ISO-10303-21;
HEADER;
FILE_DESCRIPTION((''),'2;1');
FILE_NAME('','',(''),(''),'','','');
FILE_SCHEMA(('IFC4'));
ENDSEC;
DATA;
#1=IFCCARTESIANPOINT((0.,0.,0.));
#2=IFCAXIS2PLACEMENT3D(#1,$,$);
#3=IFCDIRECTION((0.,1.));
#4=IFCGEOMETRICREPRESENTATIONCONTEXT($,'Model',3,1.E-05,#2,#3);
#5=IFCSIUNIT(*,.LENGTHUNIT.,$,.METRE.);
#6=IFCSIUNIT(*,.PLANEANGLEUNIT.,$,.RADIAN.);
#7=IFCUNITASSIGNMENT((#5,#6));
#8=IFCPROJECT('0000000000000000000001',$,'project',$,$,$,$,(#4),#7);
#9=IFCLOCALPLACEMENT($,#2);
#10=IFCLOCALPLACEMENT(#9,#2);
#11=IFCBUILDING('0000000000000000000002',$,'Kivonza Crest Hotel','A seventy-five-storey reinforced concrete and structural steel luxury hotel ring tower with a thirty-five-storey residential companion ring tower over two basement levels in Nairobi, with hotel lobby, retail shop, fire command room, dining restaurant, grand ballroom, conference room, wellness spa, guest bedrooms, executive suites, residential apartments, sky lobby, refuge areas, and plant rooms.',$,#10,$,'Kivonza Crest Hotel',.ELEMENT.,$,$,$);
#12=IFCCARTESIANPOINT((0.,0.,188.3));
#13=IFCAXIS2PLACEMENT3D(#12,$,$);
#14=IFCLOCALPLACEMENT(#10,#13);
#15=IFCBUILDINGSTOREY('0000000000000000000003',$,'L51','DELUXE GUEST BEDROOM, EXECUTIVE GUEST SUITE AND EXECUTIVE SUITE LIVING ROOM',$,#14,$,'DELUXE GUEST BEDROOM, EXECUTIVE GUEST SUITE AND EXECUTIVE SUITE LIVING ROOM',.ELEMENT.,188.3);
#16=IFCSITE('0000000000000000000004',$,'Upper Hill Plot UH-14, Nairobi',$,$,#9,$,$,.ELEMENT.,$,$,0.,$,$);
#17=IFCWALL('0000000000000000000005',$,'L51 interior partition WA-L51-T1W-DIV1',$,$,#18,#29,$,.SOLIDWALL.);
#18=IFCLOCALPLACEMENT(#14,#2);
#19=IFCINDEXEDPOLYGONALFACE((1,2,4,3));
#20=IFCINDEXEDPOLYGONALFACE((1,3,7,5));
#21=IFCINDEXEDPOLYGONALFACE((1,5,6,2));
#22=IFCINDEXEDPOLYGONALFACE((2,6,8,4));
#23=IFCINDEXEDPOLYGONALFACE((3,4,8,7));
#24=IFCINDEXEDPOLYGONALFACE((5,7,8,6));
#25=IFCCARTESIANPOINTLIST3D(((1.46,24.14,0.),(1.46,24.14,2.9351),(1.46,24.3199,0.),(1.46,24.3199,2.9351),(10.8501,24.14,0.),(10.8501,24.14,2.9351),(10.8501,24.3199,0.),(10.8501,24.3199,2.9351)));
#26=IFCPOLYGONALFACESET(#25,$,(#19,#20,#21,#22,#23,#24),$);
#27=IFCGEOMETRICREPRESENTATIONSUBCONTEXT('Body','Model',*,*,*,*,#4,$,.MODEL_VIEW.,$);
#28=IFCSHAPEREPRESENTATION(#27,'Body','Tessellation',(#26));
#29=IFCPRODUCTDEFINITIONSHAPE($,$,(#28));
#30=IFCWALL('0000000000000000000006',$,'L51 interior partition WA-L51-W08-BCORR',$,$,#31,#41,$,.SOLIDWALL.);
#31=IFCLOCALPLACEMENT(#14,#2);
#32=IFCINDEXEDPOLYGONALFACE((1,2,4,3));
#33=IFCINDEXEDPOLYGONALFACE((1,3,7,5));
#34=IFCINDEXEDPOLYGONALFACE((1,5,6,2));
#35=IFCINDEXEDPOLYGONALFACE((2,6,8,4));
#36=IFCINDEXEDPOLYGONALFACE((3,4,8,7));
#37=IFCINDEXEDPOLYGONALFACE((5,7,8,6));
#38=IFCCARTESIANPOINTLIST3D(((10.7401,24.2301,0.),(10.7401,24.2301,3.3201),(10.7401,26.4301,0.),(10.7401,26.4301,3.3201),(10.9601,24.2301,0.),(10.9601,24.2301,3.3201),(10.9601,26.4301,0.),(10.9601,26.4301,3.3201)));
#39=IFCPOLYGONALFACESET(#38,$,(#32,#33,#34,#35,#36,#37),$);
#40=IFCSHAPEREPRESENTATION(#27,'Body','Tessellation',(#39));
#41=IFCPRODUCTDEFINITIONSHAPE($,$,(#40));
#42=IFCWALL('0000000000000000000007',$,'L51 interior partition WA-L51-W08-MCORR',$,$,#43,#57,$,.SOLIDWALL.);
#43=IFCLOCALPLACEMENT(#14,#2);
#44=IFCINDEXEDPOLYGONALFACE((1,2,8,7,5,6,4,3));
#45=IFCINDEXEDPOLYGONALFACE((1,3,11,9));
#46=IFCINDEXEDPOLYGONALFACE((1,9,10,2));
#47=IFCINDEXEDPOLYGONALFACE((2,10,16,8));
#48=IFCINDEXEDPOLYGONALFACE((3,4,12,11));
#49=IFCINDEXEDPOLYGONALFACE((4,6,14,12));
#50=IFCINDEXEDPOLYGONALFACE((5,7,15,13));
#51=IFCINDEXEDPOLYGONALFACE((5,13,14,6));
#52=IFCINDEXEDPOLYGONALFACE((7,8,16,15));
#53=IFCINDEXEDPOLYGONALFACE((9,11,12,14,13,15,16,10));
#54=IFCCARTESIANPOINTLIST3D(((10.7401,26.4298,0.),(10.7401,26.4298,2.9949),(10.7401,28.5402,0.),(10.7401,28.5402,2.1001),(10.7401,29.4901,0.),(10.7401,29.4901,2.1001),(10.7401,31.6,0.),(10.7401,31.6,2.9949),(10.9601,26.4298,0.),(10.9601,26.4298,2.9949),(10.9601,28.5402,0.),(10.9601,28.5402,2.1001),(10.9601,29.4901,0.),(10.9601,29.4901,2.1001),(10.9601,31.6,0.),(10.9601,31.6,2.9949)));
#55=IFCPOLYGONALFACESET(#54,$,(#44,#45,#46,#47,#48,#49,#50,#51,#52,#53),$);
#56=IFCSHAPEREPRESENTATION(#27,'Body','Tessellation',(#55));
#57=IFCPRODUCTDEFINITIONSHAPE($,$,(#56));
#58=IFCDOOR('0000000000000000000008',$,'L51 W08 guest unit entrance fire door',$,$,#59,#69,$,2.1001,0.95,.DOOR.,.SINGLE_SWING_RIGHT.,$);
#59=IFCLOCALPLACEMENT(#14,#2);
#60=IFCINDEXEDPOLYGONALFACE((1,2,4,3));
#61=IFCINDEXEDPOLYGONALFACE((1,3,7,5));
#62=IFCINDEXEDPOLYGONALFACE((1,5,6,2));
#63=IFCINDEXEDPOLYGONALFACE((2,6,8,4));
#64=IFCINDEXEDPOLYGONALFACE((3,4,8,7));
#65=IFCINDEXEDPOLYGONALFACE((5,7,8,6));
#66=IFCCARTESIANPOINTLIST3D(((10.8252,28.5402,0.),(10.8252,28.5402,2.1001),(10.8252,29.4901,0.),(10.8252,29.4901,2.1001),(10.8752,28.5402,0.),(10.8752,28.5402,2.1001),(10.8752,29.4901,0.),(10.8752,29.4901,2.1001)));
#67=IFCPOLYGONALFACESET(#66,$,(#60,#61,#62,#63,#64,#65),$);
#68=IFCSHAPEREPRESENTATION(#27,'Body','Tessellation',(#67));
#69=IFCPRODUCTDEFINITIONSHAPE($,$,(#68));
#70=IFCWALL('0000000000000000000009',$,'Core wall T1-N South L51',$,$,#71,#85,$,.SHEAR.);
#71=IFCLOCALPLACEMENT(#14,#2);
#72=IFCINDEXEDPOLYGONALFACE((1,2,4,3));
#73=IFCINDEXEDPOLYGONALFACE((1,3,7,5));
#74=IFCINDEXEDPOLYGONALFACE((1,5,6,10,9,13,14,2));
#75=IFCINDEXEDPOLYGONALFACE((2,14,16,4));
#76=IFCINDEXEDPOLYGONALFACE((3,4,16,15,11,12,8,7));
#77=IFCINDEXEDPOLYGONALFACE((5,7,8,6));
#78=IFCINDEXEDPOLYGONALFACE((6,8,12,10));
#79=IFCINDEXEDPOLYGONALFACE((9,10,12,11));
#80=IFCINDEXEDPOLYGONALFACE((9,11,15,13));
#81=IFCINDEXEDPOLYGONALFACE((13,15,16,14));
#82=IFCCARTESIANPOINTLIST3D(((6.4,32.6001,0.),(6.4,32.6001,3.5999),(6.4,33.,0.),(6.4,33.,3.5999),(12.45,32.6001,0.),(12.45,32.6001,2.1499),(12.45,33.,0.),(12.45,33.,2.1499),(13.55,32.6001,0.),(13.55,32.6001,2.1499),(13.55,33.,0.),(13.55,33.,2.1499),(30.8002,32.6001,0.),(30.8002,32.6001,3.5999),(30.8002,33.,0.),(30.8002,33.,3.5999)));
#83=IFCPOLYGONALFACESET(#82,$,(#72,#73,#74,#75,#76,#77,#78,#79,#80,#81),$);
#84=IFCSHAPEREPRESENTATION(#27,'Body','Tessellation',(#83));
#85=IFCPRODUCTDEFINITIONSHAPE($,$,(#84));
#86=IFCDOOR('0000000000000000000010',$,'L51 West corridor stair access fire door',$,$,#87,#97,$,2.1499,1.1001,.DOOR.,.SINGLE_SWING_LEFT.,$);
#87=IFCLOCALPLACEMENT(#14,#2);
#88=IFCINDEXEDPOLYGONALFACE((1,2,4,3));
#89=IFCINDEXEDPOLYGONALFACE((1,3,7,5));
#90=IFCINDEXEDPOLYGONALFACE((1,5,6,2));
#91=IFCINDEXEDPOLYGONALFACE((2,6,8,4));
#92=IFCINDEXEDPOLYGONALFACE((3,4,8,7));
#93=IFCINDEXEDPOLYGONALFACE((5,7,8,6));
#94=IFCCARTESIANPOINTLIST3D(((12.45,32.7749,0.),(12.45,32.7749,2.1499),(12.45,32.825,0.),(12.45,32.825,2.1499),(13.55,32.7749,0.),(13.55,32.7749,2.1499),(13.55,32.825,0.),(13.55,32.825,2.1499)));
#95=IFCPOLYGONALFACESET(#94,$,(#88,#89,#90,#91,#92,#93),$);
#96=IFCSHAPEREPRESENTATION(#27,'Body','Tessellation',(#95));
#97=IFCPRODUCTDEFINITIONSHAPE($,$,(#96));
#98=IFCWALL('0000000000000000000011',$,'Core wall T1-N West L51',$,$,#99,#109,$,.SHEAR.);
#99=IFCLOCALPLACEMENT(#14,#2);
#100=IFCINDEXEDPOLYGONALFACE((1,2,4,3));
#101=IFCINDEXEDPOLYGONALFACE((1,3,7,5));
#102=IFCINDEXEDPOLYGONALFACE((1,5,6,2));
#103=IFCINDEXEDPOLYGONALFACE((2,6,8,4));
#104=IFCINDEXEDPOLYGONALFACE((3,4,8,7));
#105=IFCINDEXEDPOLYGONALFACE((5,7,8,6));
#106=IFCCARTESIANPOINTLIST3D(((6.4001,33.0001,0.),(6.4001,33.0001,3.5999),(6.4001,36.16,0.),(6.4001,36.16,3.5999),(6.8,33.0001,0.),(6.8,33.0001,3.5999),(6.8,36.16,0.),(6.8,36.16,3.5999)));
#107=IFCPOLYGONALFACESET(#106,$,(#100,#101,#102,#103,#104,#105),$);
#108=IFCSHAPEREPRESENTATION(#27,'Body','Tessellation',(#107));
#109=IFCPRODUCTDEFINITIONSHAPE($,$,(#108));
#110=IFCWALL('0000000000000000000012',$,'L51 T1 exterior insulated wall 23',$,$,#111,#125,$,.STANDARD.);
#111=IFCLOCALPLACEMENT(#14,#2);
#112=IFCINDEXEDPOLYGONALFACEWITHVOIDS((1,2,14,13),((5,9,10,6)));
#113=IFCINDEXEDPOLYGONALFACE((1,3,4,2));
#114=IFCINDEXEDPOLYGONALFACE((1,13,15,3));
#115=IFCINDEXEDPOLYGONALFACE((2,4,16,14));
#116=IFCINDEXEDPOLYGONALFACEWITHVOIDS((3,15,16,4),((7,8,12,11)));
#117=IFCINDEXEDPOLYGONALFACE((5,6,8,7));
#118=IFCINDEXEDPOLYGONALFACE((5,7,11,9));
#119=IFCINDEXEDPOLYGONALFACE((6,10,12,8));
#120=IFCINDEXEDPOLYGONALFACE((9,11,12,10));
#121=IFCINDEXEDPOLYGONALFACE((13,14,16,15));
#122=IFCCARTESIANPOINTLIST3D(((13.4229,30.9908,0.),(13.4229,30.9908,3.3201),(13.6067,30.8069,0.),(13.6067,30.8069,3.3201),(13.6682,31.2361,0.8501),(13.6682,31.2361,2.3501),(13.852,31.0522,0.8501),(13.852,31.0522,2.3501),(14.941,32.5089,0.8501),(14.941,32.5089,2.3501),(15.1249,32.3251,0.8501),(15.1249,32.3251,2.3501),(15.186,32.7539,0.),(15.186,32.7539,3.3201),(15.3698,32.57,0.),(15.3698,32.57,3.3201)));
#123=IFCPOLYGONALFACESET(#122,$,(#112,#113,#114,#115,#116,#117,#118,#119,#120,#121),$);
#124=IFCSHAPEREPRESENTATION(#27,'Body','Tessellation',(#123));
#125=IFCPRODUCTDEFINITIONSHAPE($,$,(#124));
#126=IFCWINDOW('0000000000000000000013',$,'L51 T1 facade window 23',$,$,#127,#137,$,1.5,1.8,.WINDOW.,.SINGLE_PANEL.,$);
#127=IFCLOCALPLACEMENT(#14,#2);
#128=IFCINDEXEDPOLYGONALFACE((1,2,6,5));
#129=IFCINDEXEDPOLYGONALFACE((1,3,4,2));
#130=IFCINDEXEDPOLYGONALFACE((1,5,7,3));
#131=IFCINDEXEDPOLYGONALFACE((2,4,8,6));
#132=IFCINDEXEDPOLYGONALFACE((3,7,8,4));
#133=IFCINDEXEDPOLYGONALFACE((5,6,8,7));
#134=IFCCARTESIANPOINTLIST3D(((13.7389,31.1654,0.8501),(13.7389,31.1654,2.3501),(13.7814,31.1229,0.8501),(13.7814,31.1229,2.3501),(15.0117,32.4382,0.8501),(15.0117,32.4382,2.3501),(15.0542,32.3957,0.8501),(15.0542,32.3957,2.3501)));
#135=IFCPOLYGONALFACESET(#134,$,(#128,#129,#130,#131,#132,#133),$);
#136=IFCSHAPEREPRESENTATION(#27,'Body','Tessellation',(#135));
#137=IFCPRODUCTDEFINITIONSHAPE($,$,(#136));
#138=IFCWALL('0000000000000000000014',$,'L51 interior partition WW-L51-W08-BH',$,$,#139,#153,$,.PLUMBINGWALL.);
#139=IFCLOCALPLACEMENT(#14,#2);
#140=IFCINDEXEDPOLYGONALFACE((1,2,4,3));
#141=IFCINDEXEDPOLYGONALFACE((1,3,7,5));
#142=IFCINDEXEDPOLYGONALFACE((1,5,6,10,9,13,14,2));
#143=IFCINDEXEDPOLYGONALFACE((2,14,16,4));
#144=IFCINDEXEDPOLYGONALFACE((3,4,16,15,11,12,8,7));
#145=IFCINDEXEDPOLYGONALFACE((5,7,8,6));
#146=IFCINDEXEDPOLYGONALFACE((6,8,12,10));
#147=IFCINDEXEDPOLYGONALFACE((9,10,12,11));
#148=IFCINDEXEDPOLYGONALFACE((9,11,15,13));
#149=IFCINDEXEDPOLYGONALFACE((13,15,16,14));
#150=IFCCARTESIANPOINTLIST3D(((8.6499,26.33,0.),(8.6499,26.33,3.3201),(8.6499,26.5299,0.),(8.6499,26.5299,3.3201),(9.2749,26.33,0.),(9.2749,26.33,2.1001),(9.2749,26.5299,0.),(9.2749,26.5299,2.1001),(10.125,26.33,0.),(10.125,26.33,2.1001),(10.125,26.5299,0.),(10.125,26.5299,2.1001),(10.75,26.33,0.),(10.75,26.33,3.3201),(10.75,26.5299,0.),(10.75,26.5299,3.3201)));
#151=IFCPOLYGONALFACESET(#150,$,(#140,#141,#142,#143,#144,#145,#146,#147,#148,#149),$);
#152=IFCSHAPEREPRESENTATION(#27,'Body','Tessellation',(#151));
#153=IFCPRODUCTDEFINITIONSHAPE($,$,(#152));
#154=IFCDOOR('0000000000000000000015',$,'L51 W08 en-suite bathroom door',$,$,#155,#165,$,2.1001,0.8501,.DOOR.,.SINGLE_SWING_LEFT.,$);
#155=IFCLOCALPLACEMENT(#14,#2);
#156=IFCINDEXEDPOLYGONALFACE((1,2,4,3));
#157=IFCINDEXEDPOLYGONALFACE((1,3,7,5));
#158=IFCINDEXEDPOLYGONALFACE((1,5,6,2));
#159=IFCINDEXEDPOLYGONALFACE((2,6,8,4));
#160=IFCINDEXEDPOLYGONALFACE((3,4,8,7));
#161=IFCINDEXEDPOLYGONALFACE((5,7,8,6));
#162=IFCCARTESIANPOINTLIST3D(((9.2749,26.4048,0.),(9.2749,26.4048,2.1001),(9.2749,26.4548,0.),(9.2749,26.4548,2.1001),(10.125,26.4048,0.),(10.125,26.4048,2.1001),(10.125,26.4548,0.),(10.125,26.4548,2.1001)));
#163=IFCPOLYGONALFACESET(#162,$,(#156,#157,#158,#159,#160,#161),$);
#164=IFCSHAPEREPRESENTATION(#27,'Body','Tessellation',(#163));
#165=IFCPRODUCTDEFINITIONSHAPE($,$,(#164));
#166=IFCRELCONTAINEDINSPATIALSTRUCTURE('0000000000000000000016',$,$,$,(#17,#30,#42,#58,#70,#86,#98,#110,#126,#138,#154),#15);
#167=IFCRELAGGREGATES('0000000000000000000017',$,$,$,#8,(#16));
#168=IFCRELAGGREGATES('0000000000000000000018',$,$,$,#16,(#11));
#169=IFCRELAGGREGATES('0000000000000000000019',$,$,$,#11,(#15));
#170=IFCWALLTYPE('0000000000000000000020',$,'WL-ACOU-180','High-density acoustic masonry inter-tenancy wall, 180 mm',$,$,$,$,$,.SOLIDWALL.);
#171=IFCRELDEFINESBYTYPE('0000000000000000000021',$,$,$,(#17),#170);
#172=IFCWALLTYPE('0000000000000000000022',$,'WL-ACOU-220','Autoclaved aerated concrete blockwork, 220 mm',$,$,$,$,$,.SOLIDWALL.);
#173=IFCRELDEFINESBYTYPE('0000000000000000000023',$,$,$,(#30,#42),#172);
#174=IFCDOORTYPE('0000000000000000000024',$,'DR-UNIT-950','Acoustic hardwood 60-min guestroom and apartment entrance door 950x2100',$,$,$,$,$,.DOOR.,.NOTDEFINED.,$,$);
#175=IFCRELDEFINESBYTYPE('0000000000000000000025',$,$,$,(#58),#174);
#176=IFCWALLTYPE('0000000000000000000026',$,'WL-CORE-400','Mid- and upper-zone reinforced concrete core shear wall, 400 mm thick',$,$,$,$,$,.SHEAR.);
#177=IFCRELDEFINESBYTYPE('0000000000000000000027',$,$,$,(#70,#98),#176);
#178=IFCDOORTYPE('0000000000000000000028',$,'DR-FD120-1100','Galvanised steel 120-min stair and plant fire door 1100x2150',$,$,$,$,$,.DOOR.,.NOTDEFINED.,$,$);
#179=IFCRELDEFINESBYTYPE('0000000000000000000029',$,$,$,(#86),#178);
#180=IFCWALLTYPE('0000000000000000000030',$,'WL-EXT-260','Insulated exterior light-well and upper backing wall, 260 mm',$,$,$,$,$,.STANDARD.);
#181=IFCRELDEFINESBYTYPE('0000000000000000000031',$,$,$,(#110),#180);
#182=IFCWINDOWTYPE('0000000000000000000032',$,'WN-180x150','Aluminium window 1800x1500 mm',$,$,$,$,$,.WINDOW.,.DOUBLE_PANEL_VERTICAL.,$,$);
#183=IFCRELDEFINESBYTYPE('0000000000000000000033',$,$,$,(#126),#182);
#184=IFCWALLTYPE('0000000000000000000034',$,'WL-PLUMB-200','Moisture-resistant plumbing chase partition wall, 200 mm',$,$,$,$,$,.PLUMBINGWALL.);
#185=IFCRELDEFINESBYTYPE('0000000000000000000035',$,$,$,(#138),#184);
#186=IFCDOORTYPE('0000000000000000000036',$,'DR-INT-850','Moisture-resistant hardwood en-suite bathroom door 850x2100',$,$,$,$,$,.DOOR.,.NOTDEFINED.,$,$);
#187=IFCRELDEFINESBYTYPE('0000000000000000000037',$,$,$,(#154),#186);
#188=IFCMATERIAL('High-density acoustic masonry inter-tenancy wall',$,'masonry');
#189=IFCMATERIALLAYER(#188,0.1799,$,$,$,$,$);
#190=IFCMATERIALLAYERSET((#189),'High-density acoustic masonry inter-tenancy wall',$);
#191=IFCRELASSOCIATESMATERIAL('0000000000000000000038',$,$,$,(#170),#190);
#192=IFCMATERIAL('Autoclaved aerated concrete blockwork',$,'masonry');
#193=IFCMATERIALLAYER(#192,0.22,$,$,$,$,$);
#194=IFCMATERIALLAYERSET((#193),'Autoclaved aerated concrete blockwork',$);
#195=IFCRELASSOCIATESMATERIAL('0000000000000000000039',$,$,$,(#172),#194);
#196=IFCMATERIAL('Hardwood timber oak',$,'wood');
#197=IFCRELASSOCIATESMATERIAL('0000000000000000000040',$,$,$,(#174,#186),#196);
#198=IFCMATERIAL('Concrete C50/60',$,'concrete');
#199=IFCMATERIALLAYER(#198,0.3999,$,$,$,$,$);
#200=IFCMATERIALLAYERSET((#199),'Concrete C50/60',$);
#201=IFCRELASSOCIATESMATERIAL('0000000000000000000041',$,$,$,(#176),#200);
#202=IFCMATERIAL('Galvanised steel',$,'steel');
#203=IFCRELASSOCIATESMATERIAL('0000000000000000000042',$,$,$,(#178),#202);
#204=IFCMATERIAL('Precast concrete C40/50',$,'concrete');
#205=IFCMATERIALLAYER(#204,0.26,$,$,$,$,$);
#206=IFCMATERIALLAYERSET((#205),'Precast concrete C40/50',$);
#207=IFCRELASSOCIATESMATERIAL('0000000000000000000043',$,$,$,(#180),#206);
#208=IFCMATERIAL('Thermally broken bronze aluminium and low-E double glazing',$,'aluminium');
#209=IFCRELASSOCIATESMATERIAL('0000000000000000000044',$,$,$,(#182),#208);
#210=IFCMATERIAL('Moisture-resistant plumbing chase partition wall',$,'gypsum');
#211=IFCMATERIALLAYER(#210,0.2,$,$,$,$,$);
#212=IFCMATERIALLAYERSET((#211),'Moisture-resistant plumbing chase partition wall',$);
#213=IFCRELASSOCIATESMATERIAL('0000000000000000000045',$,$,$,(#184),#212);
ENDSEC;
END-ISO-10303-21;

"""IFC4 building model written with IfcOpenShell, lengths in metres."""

from ifc_helpers import new_model, si_unit, direction, frame, frame_2d, origin, place, context, subcontext, project, spatial, rectangle, extrude, material, layer, layer_set, type_object, element, fill, save


model = new_model("IFC4")

# Units and contexts
model_context = context("Model", 3, precision=1e-05, world=origin(), true_north=direction((0.0, 1.0)))
body_context = subcontext(model_context, "Body", "Model", "MODEL_VIEW")
ifc_project = project(units=[si_unit("LENGTHUNIT", "METRE"), si_unit("PLANEANGLEUNIT", "RADIAN")], contexts=[model_context])

# Site, building, storey
site_placement = place(None, origin())
site = spatial("IfcSite", under=ifc_project, at=site_placement, Name="Upper Hill Plot UH-14, Nairobi", CompositionType="ELEMENT", RefElevation=0.0)
building_placement = place(site_placement, origin())
building = spatial("IfcBuilding", under=site, at=building_placement, Name="Kivonza Crest Hotel", Description="A seventy-five-storey reinforced concrete and structural steel luxury hotel ring tower with a thirty-five-storey residential companion ring tower over two basement levels in Nairobi, with hotel lobby, retail shop, fire command room, dining restaurant, grand ballroom, conference room, wellness spa, guest bedrooms, executive suites, residential apartments, sky lobby, refuge areas, and plant rooms.", LongName="Kivonza Crest Hotel", CompositionType="ELEMENT")
storey_placement = place(building_placement, frame((0.0, 0.0, 188.3)))
storey = spatial("IfcBuildingStorey", under=building, at=storey_placement, Name="L51", Description="DELUXE GUEST BEDROOM, EXECUTIVE GUEST SUITE AND EXECUTIVE SUITE LIVING ROOM", LongName="DELUXE GUEST BEDROOM, EXECUTIVE GUEST SUITE AND EXECUTIVE SUITE LIVING ROOM", CompositionType="ELEMENT", Elevation=188.3)

# Shared definitions
ifc_material_1 = material(Name="Concrete C50/60", Category="concrete")

# Walls
ifc_material_2 = material(Name="High-density acoustic masonry inter-tenancy wall", Category="masonry")
ifc_layer_1 = layer(ifc_material_2, 0.1799)
ifc_layer_set_1 = layer_set([ifc_layer_1], Name="High-density acoustic masonry inter-tenancy wall")
wall_type_1 = type_object("IfcWallType", Name="WL-ACOU-180", Description="High-density acoustic masonry inter-tenancy wall, 180 mm", PredefinedType="SOLIDWALL", material=ifc_layer_set_1)
wall_1_placement = place(storey_placement, frame((1.46, 24.23, 0.0), z_axis=(0.0, 0.0, 1.0), x_axis=(1.0, 0.0, 0.0)))
element("IfcWall", 1, at=wall_1_placement, inside=storey, type_object=wall_type_1, Name="L51 interior partition WA-L51-T1W-DIV1", PredefinedType="SOLIDWALL", context=body_context, shape_type="SweptSolid", body=[
    extrude(rectangle(XDim=9.3901, YDim=0.1799, at=frame_2d((4.6951, 0.0))), origin(), (0.0, 0.0, 1.0), 2.9351),
])
ifc_material_3 = material(Name="Autoclaved aerated concrete blockwork", Category="masonry")
ifc_layer_2 = layer(ifc_material_3, 0.22)
ifc_layer_set_2 = layer_set([ifc_layer_2], Name="Autoclaved aerated concrete blockwork")
wall_type_2 = type_object("IfcWallType", Name="WL-ACOU-220", Description="Autoclaved aerated concrete blockwork, 220 mm", PredefinedType="SOLIDWALL", material=ifc_layer_set_2)
wall_2_placement = place(storey_placement, frame((10.8501, 24.23, 0.0), z_axis=(0.0, 0.0, 1.0), x_axis=(0.0, 1.0, 0.0)))
element("IfcWall", 2, at=wall_2_placement, inside=storey, type_object=wall_type_2, Name="L51 interior partition WA-L51-W08-BCORR", PredefinedType="SOLIDWALL", context=body_context, shape_type="SweptSolid", body=[
    extrude(rectangle(XDim=2.2, YDim=0.22, at=frame_2d((1.1001, 0.0))), origin(), (0.0, 0.0, 1.0), 3.3201),
])

# Walls, openings, doors
wall_3_placement = place(storey_placement, frame((10.8501, 26.4299, 0.0), z_axis=(0.0, 0.0, 1.0), x_axis=(0.0, 1.0, 0.0)))
wall_3 = element("IfcWall", 3, at=wall_3_placement, inside=storey, type_object=wall_type_2, Name="L51 interior partition WA-L51-W08-MCORR", PredefinedType="SOLIDWALL", context=body_context, shape_type="SweptSolid", body=[
    extrude(rectangle(XDim=5.1702, YDim=0.22, at=frame_2d((2.585, 0.0))), origin(), (0.0, 0.0, 1.0), 2.9949),
])
opening_1_placement = place(wall_3_placement, frame((2.1101, 0.0, 0.0)))
opening_1 = element("IfcOpeningElement", 4, at=opening_1_placement, cuts=wall_3, PredefinedType="OPENING", context=body_context, shape_type="SweptSolid", body=[
    extrude(rectangle(XDim=0.95, YDim=2.1001, at=frame_2d((0.4751, 1.05))), frame((0.0, 0.1201, 0.0), z_axis=(0.0, -1.0, 0.0), x_axis=(1.0, 0.0, 0.0)), (0.0, 0.0, 1.0), 0.24),
])
ifc_material_4 = material(Name="Hardwood timber oak", Category="wood")
door_type_1 = type_object("IfcDoorType", Name="DR-UNIT-950", Description="Acoustic hardwood 60-min guestroom and apartment entrance door 950x2100", OperationType="NOTDEFINED", PredefinedType="DOOR", material=ifc_material_4)
door_1_placement = place(opening_1_placement, origin())
door_1 = element("IfcDoor", 5, at=door_1_placement, inside=storey, type_object=door_type_1, Name="L51 W08 guest unit entrance fire door", OperationType="SINGLE_SWING_RIGHT", OverallHeight=2.1001, OverallWidth=0.95, PredefinedType="DOOR", context=body_context, shape_type="SweptSolid", body=[
    extrude(rectangle(XDim=0.95, YDim=2.1001, at=frame_2d((0.4751, 1.05))), frame((0.0, 0.0249, 0.0), z_axis=(0.0, -1.0, 0.0), x_axis=(1.0, 0.0, 0.0)), (0.0, 0.0, 1.0), 0.05),
])
fill(opening_1, door_1)
ifc_layer_3 = layer(ifc_material_1, 0.3999)
ifc_layer_set_3 = layer_set([ifc_layer_3], Name="Concrete C50/60")
wall_type_3 = type_object("IfcWallType", Name="WL-CORE-400", Description="Mid- and upper-zone reinforced concrete core shear wall, 400 mm thick", PredefinedType="SHEAR", material=ifc_layer_set_3)
wall_4_placement = place(storey_placement, frame((6.3999, 32.8, 0.0), z_axis=(0.0, 0.0, 1.0), x_axis=(1.0, 0.0, 0.0)))
wall_4 = element("IfcWall", 6, at=wall_4_placement, inside=storey, type_object=wall_type_3, Name="Core wall T1-N South L51", PredefinedType="SHEAR", context=body_context, shape_type="SweptSolid", body=[
    extrude(rectangle(XDim=24.4001, YDim=0.3999, at=frame_2d((12.2002, 0.0))), origin(), (0.0, 0.0, 1.0), 3.5999),
])
opening_2_placement = place(wall_4_placement, frame((6.05, 0.0, 0.0)))
opening_2 = element("IfcOpeningElement", 7, at=opening_2_placement, cuts=wall_4, PredefinedType="OPENING", context=body_context, shape_type="SweptSolid", body=[
    extrude(rectangle(XDim=1.1001, YDim=2.1499, at=frame_2d((0.55, 1.075))), frame((0.0, 0.21, 0.0), z_axis=(0.0, -1.0, 0.0), x_axis=(1.0, 0.0, 0.0)), (0.0, 0.0, 1.0), 0.4199),
])
ifc_material_5 = material(Name="Galvanised steel", Category="steel")
door_type_2 = type_object("IfcDoorType", Name="DR-FD120-1100", Description="Galvanised steel 120-min stair and plant fire door 1100x2150", OperationType="NOTDEFINED", PredefinedType="DOOR", material=ifc_material_5)
door_2_placement = place(opening_2_placement, origin())
door_2 = element("IfcDoor", 8, at=door_2_placement, inside=storey, type_object=door_type_2, Name="L51 West corridor stair access fire door", OperationType="SINGLE_SWING_LEFT", OverallHeight=2.1499, OverallWidth=1.1001, PredefinedType="DOOR", context=body_context, shape_type="SweptSolid", body=[
    extrude(rectangle(XDim=1.1001, YDim=2.1499, at=frame_2d((0.55, 1.075))), frame((0.0, 0.0249, 0.0), z_axis=(0.0, -1.0, 0.0), x_axis=(1.0, 0.0, 0.0)), (0.0, 0.0, 1.0), 0.05),
])
fill(opening_2, door_2)

# Wall
wall_5_placement = place(storey_placement, frame((6.6001, 33.0, 0.0), z_axis=(0.0, 0.0, 1.0), x_axis=(0.0, 1.0, 0.0)))
element("IfcWall", 9, at=wall_5_placement, inside=storey, type_object=wall_type_3, Name="Core wall T1-N West L51", PredefinedType="SHEAR", context=body_context, shape_type="SweptSolid", body=[
    extrude(rectangle(XDim=3.1599, YDim=0.3999, at=frame_2d((1.5801, 0.0))), origin(), (0.0, 0.0, 1.0), 3.5999),
])

# Wall, opening, window
ifc_material_6 = material(Name="Precast concrete C40/50", Category="concrete")
ifc_layer_4 = layer(ifc_material_6, 0.26)
ifc_layer_set_4 = layer_set([ifc_layer_4], Name="Precast concrete C40/50")
wall_type_4 = type_object("IfcWallType", Name="WL-EXT-260", Description="Insulated exterior light-well and upper backing wall, 260 mm", PredefinedType="STANDARD", material=ifc_layer_set_4)
wall_6_placement = place(storey_placement, frame((13.5149, 30.8989, 0.0), z_axis=(0.0, 0.0, 1.0), x_axis=(0.707107, 0.707107, 0.0)))
wall_6 = element("IfcWall", 10, at=wall_6_placement, inside=storey, type_object=wall_type_4, Name="L51 T1 exterior insulated wall 23", PredefinedType="STANDARD", context=body_context, shape_type="SweptSolid", body=[
    extrude(rectangle(XDim=2.4934, YDim=0.26, at=frame_2d((1.2466, 0.0))), origin(), (0.0, 0.0, 1.0), 3.3201),
])
opening_3_placement = place(wall_6_placement, frame((0.3469, 0.0, 0.8501)))
opening_3 = element("IfcOpeningElement", 11, at=opening_3_placement, cuts=wall_6, PredefinedType="OPENING", context=body_context, shape_type="SweptSolid", body=[
    extrude(rectangle(XDim=1.8, YDim=1.5, at=frame_2d((0.8999, 0.75))), frame((0.0, 0.1401, 0.0), z_axis=(0.0, -1.0, 0.0), x_axis=(1.0, 0.0, 0.0)), (0.0, 0.0, 1.0), 0.28),
])
ifc_material_7 = material(Name="Thermally broken bronze aluminium and low-E double glazing", Category="aluminium")
window_type = type_object("IfcWindowType", Name="WN-180x150", Description="Aluminium window 1800x1500 mm", PartitioningType="DOUBLE_PANEL_VERTICAL", PredefinedType="WINDOW", material=ifc_material_7)
window_placement = place(opening_3_placement, origin())
window = element("IfcWindow", 12, at=window_placement, inside=storey, type_object=window_type, Name="L51 T1 facade window 23", OverallHeight=1.5, OverallWidth=1.8, PartitioningType="SINGLE_PANEL", PredefinedType="WINDOW", context=body_context, shape_type="SweptSolid", body=[
    extrude(rectangle(XDim=1.8, YDim=1.5, at=frame_2d((0.8999, 0.75))), frame((0.0, 0.03, 0.0), z_axis=(0.0, -1.0, 0.0), x_axis=(1.0, 0.0, 0.0)), (0.0, 0.0, 1.0), 0.0601),
])
fill(opening_3, window)

# Wall, opening, door
ifc_material_8 = material(Name="Moisture-resistant plumbing chase partition wall", Category="gypsum")
ifc_layer_5 = layer(ifc_material_8, 0.2)
ifc_layer_set_5 = layer_set([ifc_layer_5], Name="Moisture-resistant plumbing chase partition wall")
wall_type_5 = type_object("IfcWallType", Name="WL-PLUMB-200", Description="Moisture-resistant plumbing chase partition wall, 200 mm", PredefinedType="PLUMBINGWALL", material=ifc_layer_set_5)
wall_7_placement = place(storey_placement, frame((8.6499, 26.4299, 0.0), z_axis=(0.0, 0.0, 1.0), x_axis=(1.0, 0.0, 0.0)))
wall_7 = element("IfcWall", 13, at=wall_7_placement, inside=storey, type_object=wall_type_5, Name="L51 interior partition WW-L51-W08-BH", PredefinedType="PLUMBINGWALL", context=body_context, shape_type="SweptSolid", body=[
    extrude(rectangle(XDim=2.1001, YDim=0.2, at=frame_2d((1.05, 0.0))), origin(), (0.0, 0.0, 1.0), 3.3201),
])
opening_4_placement = place(wall_7_placement, frame((0.625, 0.0, 0.0)))
opening_4 = element("IfcOpeningElement", 14, at=opening_4_placement, cuts=wall_7, PredefinedType="OPENING", context=body_context, shape_type="SweptSolid", body=[
    extrude(rectangle(XDim=0.8501, YDim=2.1001, at=frame_2d((0.425, 1.05))), frame((0.0, 0.1099, 0.0), z_axis=(0.0, -1.0, 0.0), x_axis=(1.0, 0.0, 0.0)), (0.0, 0.0, 1.0), 0.22),
])
door_type_3 = type_object("IfcDoorType", Name="DR-INT-850", Description="Moisture-resistant hardwood en-suite bathroom door 850x2100", OperationType="NOTDEFINED", PredefinedType="DOOR", material=ifc_material_4)
door_3_placement = place(opening_4_placement, origin())
door_3 = element("IfcDoor", 15, at=door_3_placement, inside=storey, type_object=door_type_3, Name="L51 W08 en-suite bathroom door", OperationType="SINGLE_SWING_LEFT", OverallHeight=2.1001, OverallWidth=0.8501, PredefinedType="DOOR", context=body_context, shape_type="SweptSolid", body=[
    extrude(rectangle(XDim=0.8501, YDim=2.1001, at=frame_2d((0.425, 1.05))), frame((0.0, 0.0249, 0.0), z_axis=(0.0, -1.0, 0.0), x_axis=(1.0, 0.0, 0.0)), (0.0, 0.0, 1.0), 0.05),
])
fill(opening_4, door_3)

save(model, "model.ifc")
